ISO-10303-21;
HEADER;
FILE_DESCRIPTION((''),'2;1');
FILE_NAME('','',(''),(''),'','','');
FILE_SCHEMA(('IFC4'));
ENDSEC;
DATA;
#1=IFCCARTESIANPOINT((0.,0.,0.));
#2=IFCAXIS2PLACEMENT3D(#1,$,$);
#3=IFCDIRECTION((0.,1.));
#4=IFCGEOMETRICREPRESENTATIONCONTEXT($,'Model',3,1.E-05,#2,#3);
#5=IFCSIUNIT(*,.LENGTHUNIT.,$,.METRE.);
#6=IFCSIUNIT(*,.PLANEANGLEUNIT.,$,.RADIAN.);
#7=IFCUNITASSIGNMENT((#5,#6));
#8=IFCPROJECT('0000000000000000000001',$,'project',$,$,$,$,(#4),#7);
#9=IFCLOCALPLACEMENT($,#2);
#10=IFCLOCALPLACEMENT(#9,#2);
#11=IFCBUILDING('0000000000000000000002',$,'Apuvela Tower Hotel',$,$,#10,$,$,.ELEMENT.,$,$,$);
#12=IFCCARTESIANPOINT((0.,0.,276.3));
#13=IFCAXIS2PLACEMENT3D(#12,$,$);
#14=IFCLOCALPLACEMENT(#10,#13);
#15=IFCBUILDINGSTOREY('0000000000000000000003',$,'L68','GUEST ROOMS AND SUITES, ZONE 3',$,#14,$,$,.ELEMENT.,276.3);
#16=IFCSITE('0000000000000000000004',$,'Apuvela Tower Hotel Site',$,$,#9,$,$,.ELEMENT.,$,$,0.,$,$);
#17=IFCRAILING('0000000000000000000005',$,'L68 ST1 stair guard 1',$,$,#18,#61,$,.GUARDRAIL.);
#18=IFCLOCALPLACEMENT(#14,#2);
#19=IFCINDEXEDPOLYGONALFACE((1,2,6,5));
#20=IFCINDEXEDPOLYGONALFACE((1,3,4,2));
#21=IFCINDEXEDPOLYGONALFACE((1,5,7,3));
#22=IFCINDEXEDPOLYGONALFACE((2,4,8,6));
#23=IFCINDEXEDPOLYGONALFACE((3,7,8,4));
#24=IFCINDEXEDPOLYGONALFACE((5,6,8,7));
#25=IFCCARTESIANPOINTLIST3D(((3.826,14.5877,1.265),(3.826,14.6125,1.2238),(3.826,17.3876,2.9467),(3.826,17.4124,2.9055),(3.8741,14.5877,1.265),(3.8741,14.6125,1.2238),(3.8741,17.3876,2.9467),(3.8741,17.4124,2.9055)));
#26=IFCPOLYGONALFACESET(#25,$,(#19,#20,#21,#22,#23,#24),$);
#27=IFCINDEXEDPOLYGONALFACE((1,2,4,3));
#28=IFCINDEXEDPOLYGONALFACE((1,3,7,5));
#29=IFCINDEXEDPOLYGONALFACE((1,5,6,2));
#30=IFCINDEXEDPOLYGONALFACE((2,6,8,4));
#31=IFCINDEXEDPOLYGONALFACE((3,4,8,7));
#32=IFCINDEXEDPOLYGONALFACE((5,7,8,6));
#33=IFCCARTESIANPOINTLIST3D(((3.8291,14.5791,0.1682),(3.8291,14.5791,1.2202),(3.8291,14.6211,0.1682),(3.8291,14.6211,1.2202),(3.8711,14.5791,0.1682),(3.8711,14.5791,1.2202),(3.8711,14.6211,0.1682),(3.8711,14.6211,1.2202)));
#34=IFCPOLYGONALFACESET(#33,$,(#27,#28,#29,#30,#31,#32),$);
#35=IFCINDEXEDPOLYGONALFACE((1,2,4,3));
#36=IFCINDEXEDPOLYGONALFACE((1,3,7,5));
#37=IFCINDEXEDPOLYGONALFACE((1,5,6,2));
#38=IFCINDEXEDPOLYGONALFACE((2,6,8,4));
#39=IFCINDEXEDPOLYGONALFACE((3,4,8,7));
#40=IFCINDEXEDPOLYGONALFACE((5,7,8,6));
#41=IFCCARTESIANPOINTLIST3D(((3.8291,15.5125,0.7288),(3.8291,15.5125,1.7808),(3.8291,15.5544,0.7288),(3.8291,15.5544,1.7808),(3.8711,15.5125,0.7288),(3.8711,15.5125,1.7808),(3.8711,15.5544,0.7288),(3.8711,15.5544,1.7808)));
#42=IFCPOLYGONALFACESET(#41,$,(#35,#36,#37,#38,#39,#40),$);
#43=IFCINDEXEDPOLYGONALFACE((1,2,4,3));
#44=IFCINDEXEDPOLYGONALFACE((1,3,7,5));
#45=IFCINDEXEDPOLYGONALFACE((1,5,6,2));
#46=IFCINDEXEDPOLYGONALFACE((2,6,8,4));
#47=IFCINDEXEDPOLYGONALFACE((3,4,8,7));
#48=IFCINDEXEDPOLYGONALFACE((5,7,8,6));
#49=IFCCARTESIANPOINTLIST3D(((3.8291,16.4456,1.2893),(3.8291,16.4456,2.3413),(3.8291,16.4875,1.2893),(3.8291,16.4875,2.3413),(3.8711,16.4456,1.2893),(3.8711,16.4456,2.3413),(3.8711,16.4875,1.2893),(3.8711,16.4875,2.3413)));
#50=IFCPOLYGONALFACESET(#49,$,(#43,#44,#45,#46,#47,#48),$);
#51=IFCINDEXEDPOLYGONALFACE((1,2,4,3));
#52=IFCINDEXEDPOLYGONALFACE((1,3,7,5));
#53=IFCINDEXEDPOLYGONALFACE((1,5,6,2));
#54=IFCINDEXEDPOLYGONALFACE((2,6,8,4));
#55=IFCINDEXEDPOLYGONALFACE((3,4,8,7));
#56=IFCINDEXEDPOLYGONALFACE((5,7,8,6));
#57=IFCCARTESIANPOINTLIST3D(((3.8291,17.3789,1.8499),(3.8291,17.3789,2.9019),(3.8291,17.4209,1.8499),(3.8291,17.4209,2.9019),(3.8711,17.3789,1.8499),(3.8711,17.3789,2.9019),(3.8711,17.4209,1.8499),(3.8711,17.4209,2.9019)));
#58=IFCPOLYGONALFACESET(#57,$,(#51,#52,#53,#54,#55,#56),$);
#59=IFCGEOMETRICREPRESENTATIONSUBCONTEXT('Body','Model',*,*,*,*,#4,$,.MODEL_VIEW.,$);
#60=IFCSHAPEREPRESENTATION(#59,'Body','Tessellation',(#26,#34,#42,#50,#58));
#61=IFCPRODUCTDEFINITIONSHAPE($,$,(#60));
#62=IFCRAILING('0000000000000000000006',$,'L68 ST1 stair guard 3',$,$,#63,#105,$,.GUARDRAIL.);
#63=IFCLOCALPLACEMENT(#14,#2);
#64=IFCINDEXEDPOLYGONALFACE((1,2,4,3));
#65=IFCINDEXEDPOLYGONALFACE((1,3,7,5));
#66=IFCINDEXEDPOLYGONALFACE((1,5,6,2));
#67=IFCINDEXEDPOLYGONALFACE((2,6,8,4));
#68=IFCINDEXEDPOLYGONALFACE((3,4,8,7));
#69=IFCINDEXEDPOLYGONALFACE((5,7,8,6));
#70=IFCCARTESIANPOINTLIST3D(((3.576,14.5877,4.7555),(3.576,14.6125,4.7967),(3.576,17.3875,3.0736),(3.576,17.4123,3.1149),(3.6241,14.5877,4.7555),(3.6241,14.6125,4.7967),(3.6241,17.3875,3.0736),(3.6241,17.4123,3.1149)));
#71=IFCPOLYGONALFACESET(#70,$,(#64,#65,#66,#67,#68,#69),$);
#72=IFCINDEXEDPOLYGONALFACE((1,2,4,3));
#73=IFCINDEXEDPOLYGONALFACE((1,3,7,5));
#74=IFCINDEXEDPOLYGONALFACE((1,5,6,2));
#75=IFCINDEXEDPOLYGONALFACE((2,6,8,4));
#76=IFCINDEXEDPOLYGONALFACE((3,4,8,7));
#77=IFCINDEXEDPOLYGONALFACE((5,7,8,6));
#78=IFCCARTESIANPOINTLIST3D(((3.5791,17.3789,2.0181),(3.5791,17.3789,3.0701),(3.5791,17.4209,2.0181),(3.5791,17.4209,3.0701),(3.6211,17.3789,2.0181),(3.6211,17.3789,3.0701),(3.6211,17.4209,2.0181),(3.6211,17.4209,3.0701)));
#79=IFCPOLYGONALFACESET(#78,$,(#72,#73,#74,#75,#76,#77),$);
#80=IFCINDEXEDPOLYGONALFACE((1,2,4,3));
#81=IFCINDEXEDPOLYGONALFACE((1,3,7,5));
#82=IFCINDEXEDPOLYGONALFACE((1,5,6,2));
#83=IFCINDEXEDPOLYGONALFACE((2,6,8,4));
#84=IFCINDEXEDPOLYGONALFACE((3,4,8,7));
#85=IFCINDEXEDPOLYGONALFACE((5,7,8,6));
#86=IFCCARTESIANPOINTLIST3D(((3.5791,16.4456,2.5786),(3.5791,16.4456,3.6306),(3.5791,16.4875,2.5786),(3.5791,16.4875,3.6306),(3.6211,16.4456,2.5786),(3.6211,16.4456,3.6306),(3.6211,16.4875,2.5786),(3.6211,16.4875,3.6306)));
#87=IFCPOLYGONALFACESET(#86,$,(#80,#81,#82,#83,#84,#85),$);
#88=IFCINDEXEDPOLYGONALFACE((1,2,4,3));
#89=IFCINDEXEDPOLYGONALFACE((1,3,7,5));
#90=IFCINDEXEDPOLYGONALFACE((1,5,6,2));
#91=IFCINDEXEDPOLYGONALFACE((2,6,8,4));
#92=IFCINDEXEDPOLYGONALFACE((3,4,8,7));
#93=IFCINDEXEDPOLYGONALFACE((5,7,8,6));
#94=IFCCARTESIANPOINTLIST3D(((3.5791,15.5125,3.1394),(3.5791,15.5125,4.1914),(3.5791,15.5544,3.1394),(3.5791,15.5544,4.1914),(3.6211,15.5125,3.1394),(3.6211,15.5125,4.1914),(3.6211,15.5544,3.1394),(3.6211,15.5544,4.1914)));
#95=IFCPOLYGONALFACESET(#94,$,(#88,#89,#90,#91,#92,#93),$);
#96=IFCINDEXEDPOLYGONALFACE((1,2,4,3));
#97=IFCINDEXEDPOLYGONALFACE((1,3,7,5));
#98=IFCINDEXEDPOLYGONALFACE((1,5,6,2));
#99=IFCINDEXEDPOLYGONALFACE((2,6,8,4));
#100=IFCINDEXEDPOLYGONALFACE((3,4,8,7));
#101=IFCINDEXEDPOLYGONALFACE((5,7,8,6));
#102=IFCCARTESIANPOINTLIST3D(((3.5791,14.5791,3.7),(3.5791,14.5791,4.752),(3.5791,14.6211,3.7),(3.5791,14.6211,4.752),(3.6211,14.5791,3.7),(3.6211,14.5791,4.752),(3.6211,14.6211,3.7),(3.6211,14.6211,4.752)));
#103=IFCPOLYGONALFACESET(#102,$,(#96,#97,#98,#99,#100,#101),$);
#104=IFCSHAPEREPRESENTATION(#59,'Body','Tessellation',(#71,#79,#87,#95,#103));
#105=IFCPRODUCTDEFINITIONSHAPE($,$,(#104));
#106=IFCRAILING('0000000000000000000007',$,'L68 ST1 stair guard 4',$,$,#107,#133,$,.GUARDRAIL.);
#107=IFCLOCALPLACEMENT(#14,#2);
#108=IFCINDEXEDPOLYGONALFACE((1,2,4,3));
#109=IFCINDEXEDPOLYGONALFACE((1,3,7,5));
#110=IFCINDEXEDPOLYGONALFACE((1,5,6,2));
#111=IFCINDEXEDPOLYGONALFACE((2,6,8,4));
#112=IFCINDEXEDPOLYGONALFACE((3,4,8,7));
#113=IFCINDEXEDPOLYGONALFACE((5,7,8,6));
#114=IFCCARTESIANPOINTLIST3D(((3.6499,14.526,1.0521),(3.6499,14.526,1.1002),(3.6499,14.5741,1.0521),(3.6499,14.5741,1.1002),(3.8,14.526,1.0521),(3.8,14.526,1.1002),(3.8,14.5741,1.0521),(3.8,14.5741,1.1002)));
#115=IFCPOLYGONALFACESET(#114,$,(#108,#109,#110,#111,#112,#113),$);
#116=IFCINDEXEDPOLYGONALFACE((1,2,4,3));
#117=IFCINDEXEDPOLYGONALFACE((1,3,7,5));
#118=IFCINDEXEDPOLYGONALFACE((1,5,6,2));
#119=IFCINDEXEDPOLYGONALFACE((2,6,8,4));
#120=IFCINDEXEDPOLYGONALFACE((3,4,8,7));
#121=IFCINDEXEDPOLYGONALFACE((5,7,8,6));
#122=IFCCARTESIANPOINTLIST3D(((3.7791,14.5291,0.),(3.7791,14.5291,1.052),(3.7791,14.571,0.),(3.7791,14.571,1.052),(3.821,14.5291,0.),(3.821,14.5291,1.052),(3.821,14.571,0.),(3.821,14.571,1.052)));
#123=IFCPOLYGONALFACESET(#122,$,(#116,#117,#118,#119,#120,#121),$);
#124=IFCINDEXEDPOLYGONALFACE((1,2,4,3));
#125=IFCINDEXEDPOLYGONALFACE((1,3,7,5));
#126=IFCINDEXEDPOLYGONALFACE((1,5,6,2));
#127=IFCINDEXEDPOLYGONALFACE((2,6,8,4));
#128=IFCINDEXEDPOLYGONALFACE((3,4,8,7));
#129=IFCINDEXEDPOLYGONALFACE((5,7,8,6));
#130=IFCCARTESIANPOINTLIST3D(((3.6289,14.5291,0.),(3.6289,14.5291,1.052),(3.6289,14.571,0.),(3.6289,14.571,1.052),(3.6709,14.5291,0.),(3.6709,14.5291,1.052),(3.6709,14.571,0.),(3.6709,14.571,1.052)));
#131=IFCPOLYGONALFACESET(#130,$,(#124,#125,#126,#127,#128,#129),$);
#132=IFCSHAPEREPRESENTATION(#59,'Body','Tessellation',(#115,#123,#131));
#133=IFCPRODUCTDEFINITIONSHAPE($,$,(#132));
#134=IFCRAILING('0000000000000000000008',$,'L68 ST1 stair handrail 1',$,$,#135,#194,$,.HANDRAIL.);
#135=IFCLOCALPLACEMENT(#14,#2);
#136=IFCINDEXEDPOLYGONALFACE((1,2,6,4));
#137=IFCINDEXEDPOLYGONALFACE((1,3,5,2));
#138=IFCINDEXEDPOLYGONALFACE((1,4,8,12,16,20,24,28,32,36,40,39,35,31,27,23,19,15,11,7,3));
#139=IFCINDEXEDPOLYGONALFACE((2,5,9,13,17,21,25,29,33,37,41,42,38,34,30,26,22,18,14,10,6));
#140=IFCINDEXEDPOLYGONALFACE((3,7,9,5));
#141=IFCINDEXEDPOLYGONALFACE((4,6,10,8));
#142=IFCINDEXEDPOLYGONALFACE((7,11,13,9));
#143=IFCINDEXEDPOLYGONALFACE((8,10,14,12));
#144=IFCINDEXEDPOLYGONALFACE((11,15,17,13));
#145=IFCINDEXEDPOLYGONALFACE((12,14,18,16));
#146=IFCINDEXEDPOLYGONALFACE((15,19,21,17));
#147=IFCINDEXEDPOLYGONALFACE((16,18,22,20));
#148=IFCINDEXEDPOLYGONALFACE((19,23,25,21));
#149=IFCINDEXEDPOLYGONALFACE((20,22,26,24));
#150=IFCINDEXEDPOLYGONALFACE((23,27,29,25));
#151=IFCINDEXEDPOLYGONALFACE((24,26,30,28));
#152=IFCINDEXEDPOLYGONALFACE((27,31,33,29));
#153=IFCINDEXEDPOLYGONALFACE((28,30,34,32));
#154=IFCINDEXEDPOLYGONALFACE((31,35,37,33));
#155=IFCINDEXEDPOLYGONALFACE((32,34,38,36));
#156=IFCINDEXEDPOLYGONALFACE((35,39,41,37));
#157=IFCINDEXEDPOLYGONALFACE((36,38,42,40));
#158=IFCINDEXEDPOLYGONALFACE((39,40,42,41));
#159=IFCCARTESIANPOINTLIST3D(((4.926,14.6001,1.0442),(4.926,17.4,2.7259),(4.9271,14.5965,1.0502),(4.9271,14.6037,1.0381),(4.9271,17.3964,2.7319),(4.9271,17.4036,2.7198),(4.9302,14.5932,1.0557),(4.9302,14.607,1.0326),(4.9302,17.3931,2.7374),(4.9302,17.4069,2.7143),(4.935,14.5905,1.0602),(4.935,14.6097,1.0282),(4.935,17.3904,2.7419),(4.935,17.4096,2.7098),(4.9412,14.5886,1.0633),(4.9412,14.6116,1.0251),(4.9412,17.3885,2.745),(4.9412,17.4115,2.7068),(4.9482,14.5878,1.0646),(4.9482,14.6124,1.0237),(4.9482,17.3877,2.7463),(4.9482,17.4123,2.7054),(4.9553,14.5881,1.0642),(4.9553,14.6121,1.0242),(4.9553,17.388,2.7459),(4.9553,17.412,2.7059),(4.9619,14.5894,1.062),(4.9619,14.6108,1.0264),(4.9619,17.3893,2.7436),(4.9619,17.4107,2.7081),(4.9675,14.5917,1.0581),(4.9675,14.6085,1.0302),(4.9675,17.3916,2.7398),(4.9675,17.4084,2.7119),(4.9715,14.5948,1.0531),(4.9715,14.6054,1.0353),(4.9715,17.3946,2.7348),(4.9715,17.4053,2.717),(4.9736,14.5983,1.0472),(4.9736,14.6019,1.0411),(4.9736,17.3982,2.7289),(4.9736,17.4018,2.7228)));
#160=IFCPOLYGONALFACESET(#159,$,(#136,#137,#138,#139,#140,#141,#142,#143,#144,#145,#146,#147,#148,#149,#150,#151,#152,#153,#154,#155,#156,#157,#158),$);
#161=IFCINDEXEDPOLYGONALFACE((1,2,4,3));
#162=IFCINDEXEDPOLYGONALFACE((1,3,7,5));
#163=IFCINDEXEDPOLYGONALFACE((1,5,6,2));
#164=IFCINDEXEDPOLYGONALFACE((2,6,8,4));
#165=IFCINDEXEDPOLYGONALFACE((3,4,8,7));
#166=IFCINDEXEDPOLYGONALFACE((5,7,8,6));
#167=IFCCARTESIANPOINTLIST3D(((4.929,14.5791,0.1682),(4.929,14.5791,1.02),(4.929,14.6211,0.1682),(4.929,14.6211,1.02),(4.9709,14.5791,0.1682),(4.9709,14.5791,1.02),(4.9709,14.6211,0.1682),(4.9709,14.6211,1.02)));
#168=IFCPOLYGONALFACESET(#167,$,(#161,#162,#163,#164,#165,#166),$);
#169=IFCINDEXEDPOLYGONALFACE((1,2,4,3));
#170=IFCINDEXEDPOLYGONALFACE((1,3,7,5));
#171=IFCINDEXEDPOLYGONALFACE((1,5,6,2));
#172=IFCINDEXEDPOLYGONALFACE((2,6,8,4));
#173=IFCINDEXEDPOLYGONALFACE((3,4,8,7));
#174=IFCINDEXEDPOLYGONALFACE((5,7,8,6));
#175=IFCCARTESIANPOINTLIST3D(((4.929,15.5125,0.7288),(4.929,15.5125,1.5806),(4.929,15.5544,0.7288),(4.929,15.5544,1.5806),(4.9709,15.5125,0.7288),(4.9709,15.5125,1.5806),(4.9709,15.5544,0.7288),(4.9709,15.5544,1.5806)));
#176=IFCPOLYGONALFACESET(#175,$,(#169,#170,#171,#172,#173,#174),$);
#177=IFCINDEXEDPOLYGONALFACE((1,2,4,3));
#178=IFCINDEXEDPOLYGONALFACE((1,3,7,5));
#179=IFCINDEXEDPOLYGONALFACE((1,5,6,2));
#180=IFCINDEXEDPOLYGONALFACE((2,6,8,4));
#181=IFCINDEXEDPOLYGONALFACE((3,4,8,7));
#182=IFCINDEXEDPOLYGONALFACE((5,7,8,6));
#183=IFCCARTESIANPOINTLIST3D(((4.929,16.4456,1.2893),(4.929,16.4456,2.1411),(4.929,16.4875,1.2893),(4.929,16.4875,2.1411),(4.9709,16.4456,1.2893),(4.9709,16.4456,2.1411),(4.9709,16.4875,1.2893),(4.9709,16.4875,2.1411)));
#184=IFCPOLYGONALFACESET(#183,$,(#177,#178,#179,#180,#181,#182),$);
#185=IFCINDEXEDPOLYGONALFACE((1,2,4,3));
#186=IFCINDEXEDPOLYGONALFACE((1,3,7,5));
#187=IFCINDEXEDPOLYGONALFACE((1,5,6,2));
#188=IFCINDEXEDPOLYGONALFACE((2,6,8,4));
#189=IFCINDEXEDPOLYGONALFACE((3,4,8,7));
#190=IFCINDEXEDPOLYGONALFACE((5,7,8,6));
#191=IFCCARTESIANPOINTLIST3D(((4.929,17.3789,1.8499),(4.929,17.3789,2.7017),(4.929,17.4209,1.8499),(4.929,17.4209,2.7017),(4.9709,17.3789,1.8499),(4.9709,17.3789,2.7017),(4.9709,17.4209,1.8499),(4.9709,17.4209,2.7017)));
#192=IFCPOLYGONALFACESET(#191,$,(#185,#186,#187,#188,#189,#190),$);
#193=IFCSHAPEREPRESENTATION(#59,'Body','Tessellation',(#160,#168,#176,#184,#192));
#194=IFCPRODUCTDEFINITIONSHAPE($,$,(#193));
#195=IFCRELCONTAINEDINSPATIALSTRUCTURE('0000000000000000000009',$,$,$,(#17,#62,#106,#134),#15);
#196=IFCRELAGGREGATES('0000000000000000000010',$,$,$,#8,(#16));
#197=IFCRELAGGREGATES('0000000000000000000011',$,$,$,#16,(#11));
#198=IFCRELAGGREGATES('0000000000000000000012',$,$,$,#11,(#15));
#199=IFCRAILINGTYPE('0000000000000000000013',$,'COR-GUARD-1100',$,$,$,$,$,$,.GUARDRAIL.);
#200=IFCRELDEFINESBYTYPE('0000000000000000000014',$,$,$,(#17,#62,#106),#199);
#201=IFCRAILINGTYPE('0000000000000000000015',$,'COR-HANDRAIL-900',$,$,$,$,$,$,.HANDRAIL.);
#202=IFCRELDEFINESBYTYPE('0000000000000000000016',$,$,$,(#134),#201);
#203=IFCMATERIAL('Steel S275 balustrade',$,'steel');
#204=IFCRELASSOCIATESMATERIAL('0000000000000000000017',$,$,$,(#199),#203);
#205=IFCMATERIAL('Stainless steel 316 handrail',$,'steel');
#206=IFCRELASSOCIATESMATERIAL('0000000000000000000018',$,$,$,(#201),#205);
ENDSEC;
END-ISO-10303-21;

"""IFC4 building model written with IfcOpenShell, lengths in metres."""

from ifc_helpers import new_model, si_unit, direction, frame, origin, origin_2d, place, context, subcontext, project, spatial, rectangle, circle, extrude, material, type_object, element, save


model = new_model("IFC4")

# Units and contexts
model_context = context("Model", 3, precision=1e-05, world=origin(), true_north=direction((0.0, 1.0)))
body_context = subcontext(model_context, "Body", "Model", "MODEL_VIEW")
ifc_project = project(units=[si_unit("LENGTHUNIT", "METRE"), si_unit("PLANEANGLEUNIT", "RADIAN")], contexts=[model_context])

# Site, building, storey
site_placement = place(None, origin())
site = spatial("IfcSite", under=ifc_project, at=site_placement, Name="Apuvela Tower Hotel Site", CompositionType="ELEMENT", RefElevation=0.0)
building_placement = place(site_placement, origin())
building = spatial("IfcBuilding", under=site, at=building_placement, Name="Apuvela Tower Hotel", CompositionType="ELEMENT")
storey_placement = place(building_placement, frame((0.0, 0.0, 276.3)))
storey = spatial("IfcBuildingStorey", under=building, at=storey_placement, Name="L68", Description="GUEST ROOMS AND SUITES, ZONE 3", CompositionType="ELEMENT", Elevation=276.3)

# Railings
ifc_material_1 = material(Name="Steel S275 balustrade", Category="steel")
railing_type_1 = type_object("IfcRailingType", Name="COR-GUARD-1100", PredefinedType="GUARDRAIL", material=ifc_material_1)
railing_1_placement = place(storey_placement, frame((3.8501, 14.6001, 0.1682)))
element("IfcRailing", 1, at=railing_1_placement, inside=storey, type_object=railing_type_1, Name="L68 ST1 stair guard 1", PredefinedType="GUARDRAIL", context=body_context, shape_type="SweptSolid", body=[
    extrude(rectangle(XDim=0.0481, YDim=0.0481, at=origin_2d()), frame((0.0, 0.0, 1.0762), z_axis=(0.0, 0.857255, 0.514891), x_axis=(-1.0, 0.0, 0.0)), (0.0, 0.0, 1.0), 3.2661),
    extrude(rectangle(XDim=0.042, YDim=0.042, at=origin_2d()), origin(), (0.0, 0.0, 1.0), 1.052),
    extrude(rectangle(XDim=0.042, YDim=0.042, at=origin_2d()), frame((0.0, 0.9333, 0.5605)), (0.0, 0.0, 1.0), 1.052),
    extrude(rectangle(XDim=0.042, YDim=0.042, at=origin_2d()), frame((0.0, 1.8665, 1.1211)), (0.0, 0.0, 1.0), 1.052),
    extrude(rectangle(XDim=0.042, YDim=0.042, at=origin_2d()), frame((0.0, 2.7998, 1.6816)), (0.0, 0.0, 1.0), 1.052),
])
railing_2_placement = place(storey_placement, frame((3.6001, 17.3999, 2.0181)))
element("IfcRailing", 2, at=railing_2_placement, inside=storey, type_object=railing_type_1, Name="L68 ST1 stair guard 3", PredefinedType="GUARDRAIL", context=body_context, shape_type="SweptSolid", body=[
    extrude(rectangle(XDim=0.0481, YDim=0.0481, at=origin_2d()), frame((0.0, 0.0, 1.0762), z_axis=(0.0, -0.857222, 0.514946), x_axis=(1.0, 0.0, 0.0)), (0.0, 0.0, 1.0), 3.2661),
    extrude(rectangle(XDim=0.042, YDim=0.042, at=origin_2d()), origin(), (0.0, 0.0, 1.0), 1.052),
    extrude(rectangle(XDim=0.042, YDim=0.042, at=origin_2d()), frame((0.0, -0.9333, 0.5605)), (0.0, 0.0, 1.0), 1.052),
    extrude(rectangle(XDim=0.042, YDim=0.042, at=origin_2d()), frame((0.0, -1.8665, 1.1213)), (0.0, 0.0, 1.0), 1.052),
    extrude(rectangle(XDim=0.042, YDim=0.042, at=origin_2d()), frame((0.0, -2.7998, 1.6819)), (0.0, 0.0, 1.0), 1.052),
])
railing_3_placement = place(storey_placement, frame((3.8, 14.55, 0.0)))
element("IfcRailing", 3, at=railing_3_placement, inside=storey, type_object=railing_type_1, Name="L68 ST1 stair guard 4", PredefinedType="GUARDRAIL", context=body_context, shape_type="SweptSolid", body=[
    extrude(rectangle(XDim=0.0481, YDim=0.0481, at=origin_2d()), frame((0.0, 0.0, 1.0762), z_axis=(-1.0, 0.0, 0.0), x_axis=(0.0, -1.0, 0.0)), (0.0, 0.0, 1.0), 0.1501),
    extrude(rectangle(XDim=0.042, YDim=0.042, at=origin_2d()), origin(), (0.0, 0.0, 1.0), 1.052),
    extrude(rectangle(XDim=0.042, YDim=0.042, at=origin_2d()), frame((-0.1501, 0.0, 0.0)), (0.0, 0.0, 1.0), 1.052),
])
ifc_material_2 = material(Name="Stainless steel 316 handrail", Category="steel")
railing_type_2 = type_object("IfcRailingType", Name="COR-HANDRAIL-900", PredefinedType="HANDRAIL", material=ifc_material_2)
railing_4_placement = place(storey_placement, frame((4.95, 14.6001, 0.1682)))
element("IfcRailing", 4, at=railing_4_placement, inside=storey, type_object=railing_type_2, Name="L68 ST1 stair handrail 1", PredefinedType="HANDRAIL", context=body_context, shape_type="SweptSolid", body=[
    extrude(circle(Radius=0.0239, at=origin_2d()), frame((0.0, 0.0, 0.876), z_axis=(0.0, 0.857255, 0.514891), x_axis=(-1.0, 0.0, 0.0)), (0.0, 0.0, 1.0), 3.2661),
    extrude(rectangle(XDim=0.042, YDim=0.042, at=origin_2d()), origin(), (0.0, 0.0, 1.0), 0.8518),
    extrude(rectangle(XDim=0.042, YDim=0.042, at=origin_2d()), frame((0.0, 0.9333, 0.5605)), (0.0, 0.0, 1.0), 0.8518),
    extrude(rectangle(XDim=0.042, YDim=0.042, at=origin_2d()), frame((0.0, 1.8665, 1.1211)), (0.0, 0.0, 1.0), 0.8518),
    extrude(rectangle(XDim=0.042, YDim=0.042, at=origin_2d()), frame((0.0, 2.7998, 1.6816)), (0.0, 0.0, 1.0), 0.8518),
])

save(model, "model.ifc")
